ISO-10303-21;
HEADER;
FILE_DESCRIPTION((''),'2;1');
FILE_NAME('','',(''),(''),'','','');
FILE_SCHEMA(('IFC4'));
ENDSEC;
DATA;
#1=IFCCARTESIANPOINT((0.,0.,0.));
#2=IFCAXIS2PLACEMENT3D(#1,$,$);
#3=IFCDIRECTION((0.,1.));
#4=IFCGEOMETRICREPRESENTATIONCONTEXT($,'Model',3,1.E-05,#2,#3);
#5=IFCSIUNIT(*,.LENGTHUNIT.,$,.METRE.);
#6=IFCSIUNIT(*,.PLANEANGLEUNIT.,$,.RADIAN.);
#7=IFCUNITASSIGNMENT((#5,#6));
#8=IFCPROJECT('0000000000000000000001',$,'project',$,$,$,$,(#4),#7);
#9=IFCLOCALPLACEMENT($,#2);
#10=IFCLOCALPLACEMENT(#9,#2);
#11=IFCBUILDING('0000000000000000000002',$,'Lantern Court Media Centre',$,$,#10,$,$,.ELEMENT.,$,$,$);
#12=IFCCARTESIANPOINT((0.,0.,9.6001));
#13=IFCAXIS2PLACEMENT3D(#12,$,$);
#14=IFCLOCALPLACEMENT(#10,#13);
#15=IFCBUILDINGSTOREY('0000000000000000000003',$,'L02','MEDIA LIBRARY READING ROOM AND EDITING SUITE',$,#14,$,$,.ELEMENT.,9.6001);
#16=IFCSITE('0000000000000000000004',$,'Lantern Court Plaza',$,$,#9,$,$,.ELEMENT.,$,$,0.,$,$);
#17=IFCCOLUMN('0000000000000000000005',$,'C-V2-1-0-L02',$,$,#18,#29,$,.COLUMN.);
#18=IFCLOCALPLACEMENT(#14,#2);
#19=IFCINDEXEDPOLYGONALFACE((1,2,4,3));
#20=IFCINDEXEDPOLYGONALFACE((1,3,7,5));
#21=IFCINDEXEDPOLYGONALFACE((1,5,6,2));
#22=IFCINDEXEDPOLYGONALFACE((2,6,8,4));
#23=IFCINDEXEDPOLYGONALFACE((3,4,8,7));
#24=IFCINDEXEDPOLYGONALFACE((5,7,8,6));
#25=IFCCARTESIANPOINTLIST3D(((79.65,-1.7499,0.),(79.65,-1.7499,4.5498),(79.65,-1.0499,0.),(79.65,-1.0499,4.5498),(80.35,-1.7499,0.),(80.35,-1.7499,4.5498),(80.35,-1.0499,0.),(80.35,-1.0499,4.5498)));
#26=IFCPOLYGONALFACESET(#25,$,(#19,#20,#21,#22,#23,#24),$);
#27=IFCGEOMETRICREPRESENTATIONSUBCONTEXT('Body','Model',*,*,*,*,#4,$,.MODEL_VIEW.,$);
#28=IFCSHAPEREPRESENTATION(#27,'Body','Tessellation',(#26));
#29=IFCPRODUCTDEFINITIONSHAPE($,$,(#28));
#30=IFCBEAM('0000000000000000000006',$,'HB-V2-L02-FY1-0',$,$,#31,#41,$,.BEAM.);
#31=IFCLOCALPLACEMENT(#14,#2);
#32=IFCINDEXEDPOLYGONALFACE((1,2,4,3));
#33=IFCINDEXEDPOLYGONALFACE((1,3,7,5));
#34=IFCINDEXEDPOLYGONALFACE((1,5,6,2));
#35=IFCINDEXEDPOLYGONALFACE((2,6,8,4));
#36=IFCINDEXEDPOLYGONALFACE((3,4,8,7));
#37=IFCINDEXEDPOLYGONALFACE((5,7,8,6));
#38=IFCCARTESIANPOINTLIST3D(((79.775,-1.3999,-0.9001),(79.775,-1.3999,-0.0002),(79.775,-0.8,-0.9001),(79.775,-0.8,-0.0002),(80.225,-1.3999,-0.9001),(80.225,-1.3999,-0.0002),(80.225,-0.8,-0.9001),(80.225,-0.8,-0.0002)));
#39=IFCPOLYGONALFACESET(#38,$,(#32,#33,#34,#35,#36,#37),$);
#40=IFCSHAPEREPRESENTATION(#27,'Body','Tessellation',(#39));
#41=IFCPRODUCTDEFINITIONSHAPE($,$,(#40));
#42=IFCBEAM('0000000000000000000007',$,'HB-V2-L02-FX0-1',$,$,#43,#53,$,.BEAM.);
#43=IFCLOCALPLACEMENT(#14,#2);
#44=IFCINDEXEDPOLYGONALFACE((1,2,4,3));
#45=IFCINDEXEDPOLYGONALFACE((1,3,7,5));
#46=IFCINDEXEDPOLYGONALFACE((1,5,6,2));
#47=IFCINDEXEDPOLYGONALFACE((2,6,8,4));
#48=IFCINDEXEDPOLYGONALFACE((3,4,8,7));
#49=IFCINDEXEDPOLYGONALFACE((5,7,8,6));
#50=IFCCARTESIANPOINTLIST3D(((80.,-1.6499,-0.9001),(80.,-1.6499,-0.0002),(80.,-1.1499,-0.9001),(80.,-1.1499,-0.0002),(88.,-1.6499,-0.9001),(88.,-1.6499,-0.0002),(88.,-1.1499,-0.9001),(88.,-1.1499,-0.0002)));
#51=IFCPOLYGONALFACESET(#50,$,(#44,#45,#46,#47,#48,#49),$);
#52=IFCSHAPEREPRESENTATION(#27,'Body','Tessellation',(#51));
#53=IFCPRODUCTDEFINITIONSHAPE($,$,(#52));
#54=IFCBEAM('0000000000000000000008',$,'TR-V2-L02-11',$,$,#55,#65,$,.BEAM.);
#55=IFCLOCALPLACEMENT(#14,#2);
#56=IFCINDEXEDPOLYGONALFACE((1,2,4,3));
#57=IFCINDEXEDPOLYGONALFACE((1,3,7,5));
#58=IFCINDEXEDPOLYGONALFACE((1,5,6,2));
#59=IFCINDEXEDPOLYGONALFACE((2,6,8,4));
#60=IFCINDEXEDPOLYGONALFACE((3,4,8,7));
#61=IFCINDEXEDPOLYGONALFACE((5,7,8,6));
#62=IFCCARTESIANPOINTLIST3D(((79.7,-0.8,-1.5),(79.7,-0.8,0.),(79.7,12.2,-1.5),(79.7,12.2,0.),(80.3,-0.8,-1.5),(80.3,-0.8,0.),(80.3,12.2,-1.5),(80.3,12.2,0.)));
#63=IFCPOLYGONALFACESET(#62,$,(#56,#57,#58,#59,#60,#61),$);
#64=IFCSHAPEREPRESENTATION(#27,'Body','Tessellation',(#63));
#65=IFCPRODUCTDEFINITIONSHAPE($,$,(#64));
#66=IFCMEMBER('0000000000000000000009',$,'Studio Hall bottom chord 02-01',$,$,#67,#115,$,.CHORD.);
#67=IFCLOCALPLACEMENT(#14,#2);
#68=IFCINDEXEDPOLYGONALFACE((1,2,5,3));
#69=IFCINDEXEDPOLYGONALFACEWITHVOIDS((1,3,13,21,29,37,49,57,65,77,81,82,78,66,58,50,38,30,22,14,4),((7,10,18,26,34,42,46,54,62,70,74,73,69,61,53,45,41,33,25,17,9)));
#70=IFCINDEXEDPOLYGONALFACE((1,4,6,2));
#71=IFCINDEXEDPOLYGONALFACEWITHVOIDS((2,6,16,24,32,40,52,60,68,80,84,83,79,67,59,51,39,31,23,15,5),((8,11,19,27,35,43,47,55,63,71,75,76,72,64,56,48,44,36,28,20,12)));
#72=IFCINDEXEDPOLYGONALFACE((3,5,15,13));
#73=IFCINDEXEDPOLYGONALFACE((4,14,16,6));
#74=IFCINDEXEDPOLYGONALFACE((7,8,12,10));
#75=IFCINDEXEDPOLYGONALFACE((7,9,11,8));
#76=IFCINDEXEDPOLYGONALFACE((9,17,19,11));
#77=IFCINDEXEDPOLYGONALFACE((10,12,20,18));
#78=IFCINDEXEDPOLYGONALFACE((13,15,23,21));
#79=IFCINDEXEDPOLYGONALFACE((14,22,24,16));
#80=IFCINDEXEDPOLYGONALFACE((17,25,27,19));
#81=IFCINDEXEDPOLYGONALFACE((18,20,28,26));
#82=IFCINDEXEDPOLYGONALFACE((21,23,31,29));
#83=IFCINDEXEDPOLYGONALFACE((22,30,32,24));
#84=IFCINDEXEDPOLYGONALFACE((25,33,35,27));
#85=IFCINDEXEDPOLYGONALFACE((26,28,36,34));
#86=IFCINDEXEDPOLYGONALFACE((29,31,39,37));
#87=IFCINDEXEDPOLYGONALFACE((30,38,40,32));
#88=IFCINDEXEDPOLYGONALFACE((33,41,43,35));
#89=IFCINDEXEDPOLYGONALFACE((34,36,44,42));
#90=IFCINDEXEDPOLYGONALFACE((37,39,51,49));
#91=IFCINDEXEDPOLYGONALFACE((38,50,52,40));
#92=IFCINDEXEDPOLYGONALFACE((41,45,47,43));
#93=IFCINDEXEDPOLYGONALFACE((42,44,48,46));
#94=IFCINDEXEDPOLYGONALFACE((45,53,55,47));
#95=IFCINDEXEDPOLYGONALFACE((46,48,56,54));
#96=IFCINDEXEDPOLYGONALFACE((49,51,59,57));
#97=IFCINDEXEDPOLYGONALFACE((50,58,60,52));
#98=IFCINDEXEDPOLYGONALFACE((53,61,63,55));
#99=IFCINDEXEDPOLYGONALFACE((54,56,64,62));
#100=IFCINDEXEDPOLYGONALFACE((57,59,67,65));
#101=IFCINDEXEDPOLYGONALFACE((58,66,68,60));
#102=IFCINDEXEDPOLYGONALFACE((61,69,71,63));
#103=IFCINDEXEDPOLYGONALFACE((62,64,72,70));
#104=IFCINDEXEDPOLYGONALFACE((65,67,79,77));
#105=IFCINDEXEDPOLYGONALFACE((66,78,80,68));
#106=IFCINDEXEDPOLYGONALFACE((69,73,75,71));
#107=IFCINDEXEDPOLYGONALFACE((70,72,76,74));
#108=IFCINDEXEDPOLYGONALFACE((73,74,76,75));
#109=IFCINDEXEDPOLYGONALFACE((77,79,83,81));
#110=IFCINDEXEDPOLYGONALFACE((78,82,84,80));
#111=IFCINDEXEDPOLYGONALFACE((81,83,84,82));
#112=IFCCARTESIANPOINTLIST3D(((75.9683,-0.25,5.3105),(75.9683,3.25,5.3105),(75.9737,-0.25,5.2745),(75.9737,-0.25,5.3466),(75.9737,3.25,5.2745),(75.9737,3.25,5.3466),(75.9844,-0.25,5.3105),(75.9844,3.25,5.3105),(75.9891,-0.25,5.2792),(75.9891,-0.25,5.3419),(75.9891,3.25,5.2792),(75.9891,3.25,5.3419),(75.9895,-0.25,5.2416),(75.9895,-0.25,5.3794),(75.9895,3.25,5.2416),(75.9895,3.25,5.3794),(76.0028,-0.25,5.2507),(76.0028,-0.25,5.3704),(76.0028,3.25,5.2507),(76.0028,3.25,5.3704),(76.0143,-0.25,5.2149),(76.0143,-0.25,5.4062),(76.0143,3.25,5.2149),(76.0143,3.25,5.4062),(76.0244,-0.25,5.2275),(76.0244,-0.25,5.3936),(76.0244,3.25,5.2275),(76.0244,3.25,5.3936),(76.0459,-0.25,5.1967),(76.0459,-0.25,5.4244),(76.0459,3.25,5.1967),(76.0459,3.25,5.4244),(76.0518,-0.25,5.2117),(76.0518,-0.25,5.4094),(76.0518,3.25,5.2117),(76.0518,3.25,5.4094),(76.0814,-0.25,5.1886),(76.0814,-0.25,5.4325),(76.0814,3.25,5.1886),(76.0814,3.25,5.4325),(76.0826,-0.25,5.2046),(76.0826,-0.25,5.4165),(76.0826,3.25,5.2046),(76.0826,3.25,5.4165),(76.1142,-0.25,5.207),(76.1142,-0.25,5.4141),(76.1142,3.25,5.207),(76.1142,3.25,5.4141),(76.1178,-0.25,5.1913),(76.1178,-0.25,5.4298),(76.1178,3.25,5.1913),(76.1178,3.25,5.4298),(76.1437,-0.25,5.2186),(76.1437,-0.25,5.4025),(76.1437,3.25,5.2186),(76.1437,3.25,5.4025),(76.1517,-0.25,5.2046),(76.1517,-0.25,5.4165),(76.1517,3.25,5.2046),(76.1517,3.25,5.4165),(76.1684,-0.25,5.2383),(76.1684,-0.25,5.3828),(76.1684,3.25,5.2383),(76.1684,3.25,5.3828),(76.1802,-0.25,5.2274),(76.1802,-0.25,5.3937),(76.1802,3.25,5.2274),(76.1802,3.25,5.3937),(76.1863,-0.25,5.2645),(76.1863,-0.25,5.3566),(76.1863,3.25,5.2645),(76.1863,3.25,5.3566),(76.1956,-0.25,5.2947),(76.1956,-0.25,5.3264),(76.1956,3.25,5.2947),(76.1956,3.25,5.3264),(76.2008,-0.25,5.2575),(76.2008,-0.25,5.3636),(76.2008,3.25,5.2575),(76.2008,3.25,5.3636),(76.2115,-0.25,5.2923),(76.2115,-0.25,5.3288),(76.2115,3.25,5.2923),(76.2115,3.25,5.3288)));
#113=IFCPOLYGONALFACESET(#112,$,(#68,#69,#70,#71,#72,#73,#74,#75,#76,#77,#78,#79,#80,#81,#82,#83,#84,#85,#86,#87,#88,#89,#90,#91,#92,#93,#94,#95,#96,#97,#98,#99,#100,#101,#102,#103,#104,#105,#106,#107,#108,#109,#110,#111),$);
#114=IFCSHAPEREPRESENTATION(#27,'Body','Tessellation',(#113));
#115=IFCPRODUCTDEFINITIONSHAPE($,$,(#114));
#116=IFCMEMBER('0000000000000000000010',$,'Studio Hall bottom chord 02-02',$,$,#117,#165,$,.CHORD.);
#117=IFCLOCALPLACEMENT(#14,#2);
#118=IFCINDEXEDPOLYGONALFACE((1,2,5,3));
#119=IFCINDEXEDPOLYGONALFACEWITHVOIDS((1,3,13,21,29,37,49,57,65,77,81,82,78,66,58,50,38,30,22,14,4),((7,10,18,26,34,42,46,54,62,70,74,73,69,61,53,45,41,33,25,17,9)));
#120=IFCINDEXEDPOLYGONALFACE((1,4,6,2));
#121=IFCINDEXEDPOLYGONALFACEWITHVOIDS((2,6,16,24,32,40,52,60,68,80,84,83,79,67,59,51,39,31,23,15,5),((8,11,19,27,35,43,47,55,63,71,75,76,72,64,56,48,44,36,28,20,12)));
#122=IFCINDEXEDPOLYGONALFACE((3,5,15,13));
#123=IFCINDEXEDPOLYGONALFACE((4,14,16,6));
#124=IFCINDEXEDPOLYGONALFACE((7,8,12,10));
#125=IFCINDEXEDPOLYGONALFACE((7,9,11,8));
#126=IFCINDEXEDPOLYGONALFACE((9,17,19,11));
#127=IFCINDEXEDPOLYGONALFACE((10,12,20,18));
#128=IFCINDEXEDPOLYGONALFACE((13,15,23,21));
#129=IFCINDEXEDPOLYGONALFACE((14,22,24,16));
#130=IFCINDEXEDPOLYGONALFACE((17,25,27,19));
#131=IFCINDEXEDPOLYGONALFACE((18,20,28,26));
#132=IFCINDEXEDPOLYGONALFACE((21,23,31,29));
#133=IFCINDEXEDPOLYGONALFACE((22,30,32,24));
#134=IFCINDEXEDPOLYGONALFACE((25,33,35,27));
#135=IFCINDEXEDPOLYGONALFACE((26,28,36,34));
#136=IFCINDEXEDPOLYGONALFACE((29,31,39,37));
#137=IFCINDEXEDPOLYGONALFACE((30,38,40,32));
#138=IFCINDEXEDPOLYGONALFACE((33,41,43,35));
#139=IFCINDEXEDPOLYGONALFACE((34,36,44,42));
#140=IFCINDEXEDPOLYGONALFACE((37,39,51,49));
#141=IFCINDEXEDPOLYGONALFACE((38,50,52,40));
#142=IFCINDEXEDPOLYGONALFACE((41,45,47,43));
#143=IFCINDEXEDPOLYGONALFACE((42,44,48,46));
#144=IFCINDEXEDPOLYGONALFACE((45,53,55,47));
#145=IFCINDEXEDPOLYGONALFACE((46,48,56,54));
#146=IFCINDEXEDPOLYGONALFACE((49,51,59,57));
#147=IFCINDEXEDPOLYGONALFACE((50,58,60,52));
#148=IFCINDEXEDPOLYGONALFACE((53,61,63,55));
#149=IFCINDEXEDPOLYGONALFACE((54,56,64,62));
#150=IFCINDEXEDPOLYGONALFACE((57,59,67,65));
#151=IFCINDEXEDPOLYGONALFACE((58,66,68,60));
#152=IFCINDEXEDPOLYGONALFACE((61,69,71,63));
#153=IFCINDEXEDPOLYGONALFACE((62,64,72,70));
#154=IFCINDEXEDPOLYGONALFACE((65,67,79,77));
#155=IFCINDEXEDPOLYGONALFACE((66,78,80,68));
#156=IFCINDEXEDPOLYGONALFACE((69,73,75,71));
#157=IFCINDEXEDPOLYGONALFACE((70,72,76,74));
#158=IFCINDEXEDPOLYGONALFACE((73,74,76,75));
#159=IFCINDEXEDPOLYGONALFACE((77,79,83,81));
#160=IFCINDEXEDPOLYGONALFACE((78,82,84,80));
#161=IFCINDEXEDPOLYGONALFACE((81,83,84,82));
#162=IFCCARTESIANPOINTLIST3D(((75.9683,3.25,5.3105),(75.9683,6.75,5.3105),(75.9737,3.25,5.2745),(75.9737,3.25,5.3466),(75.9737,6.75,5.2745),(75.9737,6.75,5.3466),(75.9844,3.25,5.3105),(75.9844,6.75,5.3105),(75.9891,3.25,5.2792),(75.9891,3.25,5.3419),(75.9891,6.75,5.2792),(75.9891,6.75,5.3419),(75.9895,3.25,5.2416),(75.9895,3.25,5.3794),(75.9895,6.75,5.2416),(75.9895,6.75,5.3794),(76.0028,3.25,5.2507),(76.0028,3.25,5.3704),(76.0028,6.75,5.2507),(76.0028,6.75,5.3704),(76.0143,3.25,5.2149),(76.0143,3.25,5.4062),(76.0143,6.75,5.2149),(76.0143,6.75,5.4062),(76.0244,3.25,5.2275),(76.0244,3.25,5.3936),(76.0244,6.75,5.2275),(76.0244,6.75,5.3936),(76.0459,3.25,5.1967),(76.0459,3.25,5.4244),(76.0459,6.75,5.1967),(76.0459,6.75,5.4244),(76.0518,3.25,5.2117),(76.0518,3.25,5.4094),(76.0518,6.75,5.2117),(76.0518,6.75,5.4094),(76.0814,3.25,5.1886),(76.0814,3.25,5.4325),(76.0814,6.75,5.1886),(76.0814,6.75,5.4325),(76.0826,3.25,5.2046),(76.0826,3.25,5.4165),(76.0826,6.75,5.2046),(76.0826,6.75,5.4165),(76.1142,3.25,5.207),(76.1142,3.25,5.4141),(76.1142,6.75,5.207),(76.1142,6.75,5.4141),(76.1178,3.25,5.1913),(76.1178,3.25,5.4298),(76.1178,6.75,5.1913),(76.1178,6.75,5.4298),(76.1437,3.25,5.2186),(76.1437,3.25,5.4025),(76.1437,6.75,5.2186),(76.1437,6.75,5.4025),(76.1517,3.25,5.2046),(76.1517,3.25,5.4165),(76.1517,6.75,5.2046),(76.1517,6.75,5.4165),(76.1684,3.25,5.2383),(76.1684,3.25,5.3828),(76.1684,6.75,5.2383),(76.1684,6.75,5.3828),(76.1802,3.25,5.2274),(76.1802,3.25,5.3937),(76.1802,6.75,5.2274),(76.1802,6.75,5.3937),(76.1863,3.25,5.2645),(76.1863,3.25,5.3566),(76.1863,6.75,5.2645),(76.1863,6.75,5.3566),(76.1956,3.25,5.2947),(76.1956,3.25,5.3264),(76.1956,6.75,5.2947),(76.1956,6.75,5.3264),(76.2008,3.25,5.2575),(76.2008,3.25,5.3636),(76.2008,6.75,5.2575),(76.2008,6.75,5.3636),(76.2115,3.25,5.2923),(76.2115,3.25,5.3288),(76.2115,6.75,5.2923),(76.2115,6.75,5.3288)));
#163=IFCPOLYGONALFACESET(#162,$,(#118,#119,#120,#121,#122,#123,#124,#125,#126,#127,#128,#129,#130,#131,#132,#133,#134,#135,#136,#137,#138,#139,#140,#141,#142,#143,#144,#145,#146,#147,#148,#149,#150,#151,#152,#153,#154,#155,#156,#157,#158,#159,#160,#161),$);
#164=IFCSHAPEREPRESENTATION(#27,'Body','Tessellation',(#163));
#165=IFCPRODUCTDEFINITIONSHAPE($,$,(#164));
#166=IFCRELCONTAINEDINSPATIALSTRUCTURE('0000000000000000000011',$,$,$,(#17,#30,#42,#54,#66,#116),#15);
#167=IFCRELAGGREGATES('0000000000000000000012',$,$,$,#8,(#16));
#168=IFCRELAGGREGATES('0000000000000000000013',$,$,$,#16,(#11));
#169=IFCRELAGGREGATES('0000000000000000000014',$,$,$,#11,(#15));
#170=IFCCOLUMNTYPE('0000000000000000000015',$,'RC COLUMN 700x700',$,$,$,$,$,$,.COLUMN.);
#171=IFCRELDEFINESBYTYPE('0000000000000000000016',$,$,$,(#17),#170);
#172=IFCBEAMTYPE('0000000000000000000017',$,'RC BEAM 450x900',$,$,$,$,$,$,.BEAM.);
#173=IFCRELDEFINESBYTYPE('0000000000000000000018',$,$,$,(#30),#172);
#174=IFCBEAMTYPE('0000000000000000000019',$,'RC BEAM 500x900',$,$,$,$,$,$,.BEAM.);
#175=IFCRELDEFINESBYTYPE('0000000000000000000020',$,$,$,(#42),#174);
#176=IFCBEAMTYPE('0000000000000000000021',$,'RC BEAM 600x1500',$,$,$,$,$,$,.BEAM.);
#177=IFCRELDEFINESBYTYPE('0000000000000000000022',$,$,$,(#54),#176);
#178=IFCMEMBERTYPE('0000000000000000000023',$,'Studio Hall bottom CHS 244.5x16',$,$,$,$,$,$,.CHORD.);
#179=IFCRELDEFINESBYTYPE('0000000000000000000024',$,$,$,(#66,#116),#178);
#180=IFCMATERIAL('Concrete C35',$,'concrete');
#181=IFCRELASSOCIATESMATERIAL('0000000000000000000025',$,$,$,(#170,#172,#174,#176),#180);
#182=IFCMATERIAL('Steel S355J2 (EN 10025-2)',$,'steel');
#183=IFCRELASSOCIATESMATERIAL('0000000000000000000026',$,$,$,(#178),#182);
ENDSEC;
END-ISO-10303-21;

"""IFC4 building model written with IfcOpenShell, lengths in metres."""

from ifc_helpers import new_model, si_unit, direction, frame, origin, origin_2d, place, context, subcontext, project, spatial, rectangle, hollow_circle, extrude, material, material_profile, profile_set, type_object, element, save


model = new_model("IFC4")

# Units and contexts
model_context = context("Model", 3, precision=1e-05, world=origin(), true_north=direction((0.0, 1.0)))
body_context = subcontext(model_context, "Body", "Model", "MODEL_VIEW")
ifc_project = project(units=[si_unit("LENGTHUNIT", "METRE"), si_unit("PLANEANGLEUNIT", "RADIAN")], contexts=[model_context])

# Site, building, storey
site_placement = place(None, origin())
site = spatial("IfcSite", under=ifc_project, at=site_placement, Name="Lantern Court Plaza", CompositionType="ELEMENT", RefElevation=0.0)
building_placement = place(site_placement, origin())
building = spatial("IfcBuilding", under=site, at=building_placement, Name="Lantern Court Media Centre", CompositionType="ELEMENT")
storey_placement = place(building_placement, frame((0.0, 0.0, 9.6001)))
storey = spatial("IfcBuildingStorey", under=building, at=storey_placement, Name="L02", Description="MEDIA LIBRARY READING ROOM AND EDITING SUITE", CompositionType="ELEMENT", Elevation=9.6001)

# Column
ifc_material_1 = material(Name="Concrete C35", Category="concrete")
ifc_material_profile_1 = material_profile(ifc_material_1, rectangle(XDim=0.7, YDim=0.7, at=origin_2d()), Name="RC 700x700")
ifc_profile_set_1 = profile_set([ifc_material_profile_1], Name="Concrete C35")
column_type = type_object("IfcColumnType", Name="RC COLUMN 700x700", PredefinedType="COLUMN", material=ifc_profile_set_1)
column_placement = place(storey_placement, frame((80.0, -1.3999, 0.0), z_axis=(0.0, 0.0, 1.0), x_axis=(1.0, 0.0, 0.0)))
element("IfcColumn", 1, at=column_placement, inside=storey, type_object=column_type, Name="C-V2-1-0-L02", PredefinedType="COLUMN", context=body_context, shape_type="SweptSolid", body=[
    extrude(rectangle(XDim=0.7, YDim=0.7, at=origin_2d()), origin(), (0.0, 0.0, 1.0), 4.5498),
])

# Beams
ifc_material_profile_2 = material_profile(ifc_material_1, rectangle(XDim=0.45, YDim=0.8999, at=origin_2d()), Name="RC 450x900")
ifc_profile_set_2 = profile_set([ifc_material_profile_2], Name="Concrete C35")
beam_type_1 = type_object("IfcBeamType", Name="RC BEAM 450x900", PredefinedType="BEAM", material=ifc_profile_set_2)
beam_1_placement = place(storey_placement, frame((80.0, -1.3999, -0.4502), z_axis=(0.0, 1.0, 0.0), x_axis=(-1.0, 0.0, 0.0)))
element("IfcBeam", 2, at=beam_1_placement, inside=storey, type_object=beam_type_1, Name="HB-V2-L02-FY1-0", PredefinedType="BEAM", context=body_context, shape_type="SweptSolid", body=[
    extrude(rectangle(XDim=0.45, YDim=0.8999, at=origin_2d()), origin(), (0.0, 0.0, 1.0), 0.5999),
])
ifc_material_profile_3 = material_profile(ifc_material_1, rectangle(XDim=0.5, YDim=0.8999, at=origin_2d()), Name="RC 500x900")
ifc_profile_set_3 = profile_set([ifc_material_profile_3], Name="Concrete C35")
beam_type_2 = type_object("IfcBeamType", Name="RC BEAM 500x900", PredefinedType="BEAM", material=ifc_profile_set_3)
beam_2_placement = place(storey_placement, frame((80.0, -1.3999, -0.4502), z_axis=(1.0, 0.0, 0.0), x_axis=(0.0, 1.0, 0.0)))
element("IfcBeam", 3, at=beam_2_placement, inside=storey, type_object=beam_type_2, Name="HB-V2-L02-FX0-1", PredefinedType="BEAM", context=body_context, shape_type="SweptSolid", body=[
    extrude(rectangle(XDim=0.5, YDim=0.8999, at=origin_2d()), origin(), (0.0, 0.0, 1.0), 8.0),
])
ifc_material_profile_4 = material_profile(ifc_material_1, rectangle(XDim=0.6001, YDim=1.5, at=origin_2d()), Name="RC 600x1500")
ifc_profile_set_4 = profile_set([ifc_material_profile_4], Name="Concrete C35")
beam_type_3 = type_object("IfcBeamType", Name="RC BEAM 600x1500", PredefinedType="BEAM", material=ifc_profile_set_4)
beam_3_placement = place(storey_placement, frame((80.0, -0.8, -0.75), z_axis=(0.0, 1.0, 0.0), x_axis=(-1.0, 0.0, 0.0)))
element("IfcBeam", 4, at=beam_3_placement, inside=storey, type_object=beam_type_3, Name="TR-V2-L02-11", PredefinedType="BEAM", context=body_context, shape_type="SweptSolid", body=[
    extrude(rectangle(XDim=0.6001, YDim=1.5, at=origin_2d()), origin(), (0.0, 0.0, 1.0), 13.0),
])

# Members
ifc_material_2 = material(Name="Steel S355J2 (EN 10025-2)", Category="steel")
ifc_material_profile_5 = material_profile(ifc_material_2, hollow_circle(Radius=0.1223, WallThickness=0.0161, at=origin_2d()), Name="Studio Hall bottom CHS 244.5x16")
ifc_profile_set_5 = profile_set([ifc_material_profile_5], Name="Steel S355J2 (EN 10025-2)")
member_type_1 = type_object("IfcMemberType", Name="Studio Hall bottom CHS 244.5x16", PredefinedType="CHORD", material=ifc_profile_set_5)
for number, where, z_axis, x_axis, name in (
    (5, (76.0906, -0.25, 5.3105), (0.0, 1.0, 0.0), (-1.0, 0.0, 0.0), "Studio Hall bottom chord 02-01"),
    (6, (76.0906, 3.25, 5.3105), (0.0, 1.0, 0.0), (-1.0, 0.0, 0.0), "Studio Hall bottom chord 02-02"),
):
    element("IfcMember", number, at=place(storey_placement, frame(where, z_axis=z_axis, x_axis=x_axis)), inside=storey, type_object=member_type_1, Name=name, PredefinedType="CHORD", context=body_context, shape_type="SweptSolid", body=[
        extrude(hollow_circle(Radius=0.1223, WallThickness=0.0161, at=origin_2d()), origin(), (0.0, 0.0, 1.0), 3.5),
    ])

save(model, "model.ifc")
